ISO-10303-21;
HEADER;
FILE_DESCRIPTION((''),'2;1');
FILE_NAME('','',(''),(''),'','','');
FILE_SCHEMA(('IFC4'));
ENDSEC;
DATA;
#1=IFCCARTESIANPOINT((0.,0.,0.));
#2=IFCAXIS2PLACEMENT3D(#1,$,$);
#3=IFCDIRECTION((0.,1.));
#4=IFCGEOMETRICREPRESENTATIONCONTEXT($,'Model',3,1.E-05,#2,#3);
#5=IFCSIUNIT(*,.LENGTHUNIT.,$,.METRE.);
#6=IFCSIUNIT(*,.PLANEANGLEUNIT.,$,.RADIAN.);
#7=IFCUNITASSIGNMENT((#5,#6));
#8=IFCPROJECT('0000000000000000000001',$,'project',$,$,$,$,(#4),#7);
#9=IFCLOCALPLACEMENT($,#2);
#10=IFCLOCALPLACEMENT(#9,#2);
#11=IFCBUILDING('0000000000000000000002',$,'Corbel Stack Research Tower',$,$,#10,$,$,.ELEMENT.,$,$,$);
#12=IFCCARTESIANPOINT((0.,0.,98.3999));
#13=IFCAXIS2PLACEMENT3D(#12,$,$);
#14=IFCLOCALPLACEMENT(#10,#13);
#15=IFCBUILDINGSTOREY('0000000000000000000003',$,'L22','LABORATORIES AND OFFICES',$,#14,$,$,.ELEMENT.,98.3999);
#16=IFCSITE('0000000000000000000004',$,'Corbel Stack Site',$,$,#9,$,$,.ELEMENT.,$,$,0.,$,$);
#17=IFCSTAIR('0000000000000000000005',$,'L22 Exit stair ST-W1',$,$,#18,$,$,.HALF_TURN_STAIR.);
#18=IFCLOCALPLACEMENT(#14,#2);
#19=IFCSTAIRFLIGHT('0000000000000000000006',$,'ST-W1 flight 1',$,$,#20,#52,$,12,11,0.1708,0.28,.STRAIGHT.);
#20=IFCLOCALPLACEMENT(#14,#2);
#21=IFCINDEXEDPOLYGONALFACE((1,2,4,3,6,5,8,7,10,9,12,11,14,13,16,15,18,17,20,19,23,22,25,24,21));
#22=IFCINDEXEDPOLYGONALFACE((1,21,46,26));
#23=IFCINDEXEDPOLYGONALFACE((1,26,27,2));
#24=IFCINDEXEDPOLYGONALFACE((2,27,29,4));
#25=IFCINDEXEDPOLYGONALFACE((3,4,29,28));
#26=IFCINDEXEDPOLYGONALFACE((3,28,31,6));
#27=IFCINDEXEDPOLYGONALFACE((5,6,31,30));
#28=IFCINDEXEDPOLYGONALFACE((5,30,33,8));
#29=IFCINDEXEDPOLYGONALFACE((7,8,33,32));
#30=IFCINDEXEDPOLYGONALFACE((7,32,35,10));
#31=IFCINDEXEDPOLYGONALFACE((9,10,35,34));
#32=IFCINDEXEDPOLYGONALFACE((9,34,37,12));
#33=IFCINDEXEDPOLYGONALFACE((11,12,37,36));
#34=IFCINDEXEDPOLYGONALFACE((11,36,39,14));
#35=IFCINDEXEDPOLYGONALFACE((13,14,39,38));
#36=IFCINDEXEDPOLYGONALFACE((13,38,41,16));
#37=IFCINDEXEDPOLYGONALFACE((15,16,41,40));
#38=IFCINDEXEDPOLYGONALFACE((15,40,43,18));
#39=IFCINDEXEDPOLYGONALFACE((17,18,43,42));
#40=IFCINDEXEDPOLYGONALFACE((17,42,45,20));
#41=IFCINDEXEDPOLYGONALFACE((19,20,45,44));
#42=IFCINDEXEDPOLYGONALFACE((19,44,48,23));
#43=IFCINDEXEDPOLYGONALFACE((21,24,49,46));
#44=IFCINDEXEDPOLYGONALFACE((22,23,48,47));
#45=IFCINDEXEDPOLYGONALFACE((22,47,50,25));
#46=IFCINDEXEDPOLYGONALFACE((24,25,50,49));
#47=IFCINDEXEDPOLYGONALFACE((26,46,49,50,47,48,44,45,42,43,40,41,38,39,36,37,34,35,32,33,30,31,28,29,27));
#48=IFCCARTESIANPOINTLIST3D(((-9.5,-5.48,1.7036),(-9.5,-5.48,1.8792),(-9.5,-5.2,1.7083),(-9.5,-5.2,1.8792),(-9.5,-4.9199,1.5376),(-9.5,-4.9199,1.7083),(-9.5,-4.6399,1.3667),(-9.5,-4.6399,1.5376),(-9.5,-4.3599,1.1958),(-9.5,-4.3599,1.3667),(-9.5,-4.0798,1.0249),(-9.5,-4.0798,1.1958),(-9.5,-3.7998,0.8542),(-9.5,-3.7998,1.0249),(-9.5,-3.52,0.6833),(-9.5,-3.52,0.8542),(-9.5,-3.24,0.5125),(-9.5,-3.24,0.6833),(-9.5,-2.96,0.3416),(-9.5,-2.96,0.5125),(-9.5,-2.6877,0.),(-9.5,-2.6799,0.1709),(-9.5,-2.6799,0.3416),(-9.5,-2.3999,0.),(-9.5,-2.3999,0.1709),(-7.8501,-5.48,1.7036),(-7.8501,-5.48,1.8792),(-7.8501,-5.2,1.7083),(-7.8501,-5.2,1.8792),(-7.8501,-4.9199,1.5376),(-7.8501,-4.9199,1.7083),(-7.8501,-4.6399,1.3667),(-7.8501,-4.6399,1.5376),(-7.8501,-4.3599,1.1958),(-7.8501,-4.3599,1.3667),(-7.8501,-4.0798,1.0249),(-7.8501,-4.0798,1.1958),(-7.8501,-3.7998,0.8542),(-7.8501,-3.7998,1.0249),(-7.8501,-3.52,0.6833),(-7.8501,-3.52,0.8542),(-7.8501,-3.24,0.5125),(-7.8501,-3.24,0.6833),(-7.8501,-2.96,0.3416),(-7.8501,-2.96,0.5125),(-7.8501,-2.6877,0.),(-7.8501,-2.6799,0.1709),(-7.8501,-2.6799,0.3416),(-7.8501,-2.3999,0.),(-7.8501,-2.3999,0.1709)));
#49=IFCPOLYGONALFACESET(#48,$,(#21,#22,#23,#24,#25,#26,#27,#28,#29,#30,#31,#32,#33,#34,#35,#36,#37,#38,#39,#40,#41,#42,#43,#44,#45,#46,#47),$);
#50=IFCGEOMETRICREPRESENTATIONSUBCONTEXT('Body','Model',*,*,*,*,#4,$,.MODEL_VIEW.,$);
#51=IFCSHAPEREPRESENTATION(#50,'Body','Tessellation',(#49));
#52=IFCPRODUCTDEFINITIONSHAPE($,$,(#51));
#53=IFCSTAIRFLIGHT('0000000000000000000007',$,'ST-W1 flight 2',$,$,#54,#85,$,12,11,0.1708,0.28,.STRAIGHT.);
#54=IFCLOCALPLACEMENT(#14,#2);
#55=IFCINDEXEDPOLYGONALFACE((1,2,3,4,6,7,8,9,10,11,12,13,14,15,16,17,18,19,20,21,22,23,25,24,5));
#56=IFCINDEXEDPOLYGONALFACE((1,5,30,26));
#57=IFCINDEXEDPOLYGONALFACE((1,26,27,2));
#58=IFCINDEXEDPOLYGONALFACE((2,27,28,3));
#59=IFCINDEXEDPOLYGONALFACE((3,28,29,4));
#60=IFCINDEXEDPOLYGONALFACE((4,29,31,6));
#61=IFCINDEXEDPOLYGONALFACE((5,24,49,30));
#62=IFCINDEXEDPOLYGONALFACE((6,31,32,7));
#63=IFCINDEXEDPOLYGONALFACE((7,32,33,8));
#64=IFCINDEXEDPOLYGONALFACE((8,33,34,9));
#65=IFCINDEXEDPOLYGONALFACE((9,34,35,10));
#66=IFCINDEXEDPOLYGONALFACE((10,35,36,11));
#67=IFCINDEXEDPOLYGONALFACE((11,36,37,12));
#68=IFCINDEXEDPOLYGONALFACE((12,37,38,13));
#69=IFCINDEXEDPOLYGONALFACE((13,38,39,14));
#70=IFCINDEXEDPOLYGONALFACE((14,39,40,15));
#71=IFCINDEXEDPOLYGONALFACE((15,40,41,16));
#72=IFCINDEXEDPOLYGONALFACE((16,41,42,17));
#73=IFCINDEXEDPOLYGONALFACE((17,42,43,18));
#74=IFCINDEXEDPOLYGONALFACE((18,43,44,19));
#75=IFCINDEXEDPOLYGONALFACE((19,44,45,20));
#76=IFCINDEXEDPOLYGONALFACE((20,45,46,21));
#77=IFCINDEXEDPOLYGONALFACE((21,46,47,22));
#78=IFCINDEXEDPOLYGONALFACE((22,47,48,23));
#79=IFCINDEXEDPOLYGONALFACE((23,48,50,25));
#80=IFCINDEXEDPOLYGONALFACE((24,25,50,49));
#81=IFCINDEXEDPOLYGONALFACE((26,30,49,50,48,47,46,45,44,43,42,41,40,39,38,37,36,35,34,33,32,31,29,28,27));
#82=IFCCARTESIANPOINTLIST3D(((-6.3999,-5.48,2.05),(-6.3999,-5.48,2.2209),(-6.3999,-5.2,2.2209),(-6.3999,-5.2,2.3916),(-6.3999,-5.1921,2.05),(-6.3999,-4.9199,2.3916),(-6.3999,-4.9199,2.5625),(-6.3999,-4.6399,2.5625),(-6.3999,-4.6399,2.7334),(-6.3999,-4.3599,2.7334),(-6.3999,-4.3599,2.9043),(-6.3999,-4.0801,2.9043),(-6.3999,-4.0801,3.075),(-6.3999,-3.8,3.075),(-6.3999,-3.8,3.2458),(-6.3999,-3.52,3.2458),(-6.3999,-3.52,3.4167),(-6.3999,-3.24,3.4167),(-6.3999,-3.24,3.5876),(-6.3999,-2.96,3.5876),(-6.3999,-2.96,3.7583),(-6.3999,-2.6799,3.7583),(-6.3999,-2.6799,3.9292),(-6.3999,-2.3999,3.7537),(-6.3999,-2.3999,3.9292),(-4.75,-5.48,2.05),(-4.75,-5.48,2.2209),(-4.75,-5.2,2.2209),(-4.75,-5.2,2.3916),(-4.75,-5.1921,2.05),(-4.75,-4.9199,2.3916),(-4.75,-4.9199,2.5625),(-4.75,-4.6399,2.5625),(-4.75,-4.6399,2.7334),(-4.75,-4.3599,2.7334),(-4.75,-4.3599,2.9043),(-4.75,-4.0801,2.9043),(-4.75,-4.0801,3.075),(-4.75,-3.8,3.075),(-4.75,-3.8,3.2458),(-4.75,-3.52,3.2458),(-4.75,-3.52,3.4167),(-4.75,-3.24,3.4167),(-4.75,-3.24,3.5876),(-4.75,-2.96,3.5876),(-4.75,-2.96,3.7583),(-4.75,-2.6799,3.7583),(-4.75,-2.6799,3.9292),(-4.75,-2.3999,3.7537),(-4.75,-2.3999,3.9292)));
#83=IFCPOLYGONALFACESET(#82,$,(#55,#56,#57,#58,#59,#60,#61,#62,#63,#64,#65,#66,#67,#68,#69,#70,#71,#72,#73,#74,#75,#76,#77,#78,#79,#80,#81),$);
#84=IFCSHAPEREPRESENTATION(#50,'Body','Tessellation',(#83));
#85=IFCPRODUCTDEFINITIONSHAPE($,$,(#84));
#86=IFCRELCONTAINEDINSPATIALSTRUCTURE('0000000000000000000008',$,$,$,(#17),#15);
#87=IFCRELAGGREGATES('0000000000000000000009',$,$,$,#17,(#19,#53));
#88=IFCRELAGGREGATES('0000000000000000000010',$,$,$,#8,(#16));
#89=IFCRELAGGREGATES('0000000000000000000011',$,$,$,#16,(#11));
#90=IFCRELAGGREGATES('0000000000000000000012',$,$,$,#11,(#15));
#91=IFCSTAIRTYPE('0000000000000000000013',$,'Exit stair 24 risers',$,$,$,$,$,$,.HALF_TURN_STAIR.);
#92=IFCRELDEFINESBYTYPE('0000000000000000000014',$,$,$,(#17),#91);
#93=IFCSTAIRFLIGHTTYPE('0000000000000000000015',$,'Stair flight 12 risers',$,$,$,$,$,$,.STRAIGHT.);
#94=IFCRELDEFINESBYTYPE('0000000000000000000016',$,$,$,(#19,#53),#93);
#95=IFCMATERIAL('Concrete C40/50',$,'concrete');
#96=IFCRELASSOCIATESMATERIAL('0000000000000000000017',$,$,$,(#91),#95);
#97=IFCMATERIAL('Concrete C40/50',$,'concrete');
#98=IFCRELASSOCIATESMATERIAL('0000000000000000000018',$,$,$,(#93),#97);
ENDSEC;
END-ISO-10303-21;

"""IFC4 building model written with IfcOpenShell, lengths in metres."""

from ifc_helpers import new_model, si_unit, direction, frame, origin, place, context, subcontext, project, spatial, polyline, outline, extrude, material, type_object, element, aggregate, save


model = new_model("IFC4")

# Units and contexts
model_context = context("Model", 3, precision=1e-05, world=origin(), true_north=direction((0.0, 1.0)))
body_context = subcontext(model_context, "Body", "Model", "MODEL_VIEW")
ifc_project = project(units=[si_unit("LENGTHUNIT", "METRE"), si_unit("PLANEANGLEUNIT", "RADIAN")], contexts=[model_context])

# Site, building, storey
site_placement = place(None, origin())
site = spatial("IfcSite", under=ifc_project, at=site_placement, Name="Corbel Stack Site", CompositionType="ELEMENT", RefElevation=0.0)
building_placement = place(site_placement, origin())
building = spatial("IfcBuilding", under=site, at=building_placement, Name="Corbel Stack Research Tower", CompositionType="ELEMENT")
storey_placement = place(building_placement, frame((0.0, 0.0, 98.3999)))
storey = spatial("IfcBuildingStorey", under=building, at=storey_placement, Name="L22", Description="LABORATORIES AND OFFICES", CompositionType="ELEMENT", Elevation=98.3999)

# Stair, stair flights
ifc_material_1 = material(Name="Concrete C40/50", Category="concrete")
stair_type = type_object("IfcStairType", Name="Exit stair 24 risers", PredefinedType="HALF_TURN_STAIR", material=ifc_material_1)
stair_placement = place(storey_placement, origin())
stair = element("IfcStair", 1, at=stair_placement, inside=storey, type_object=stair_type, Name="L22 Exit stair ST-W1", PredefinedType="HALF_TURN_STAIR")
ifc_material_2 = material(Name="Concrete C40/50", Category="concrete")
stair_flight_type = type_object("IfcStairFlightType", Name="Stair flight 12 risers", PredefinedType="STRAIGHT", material=ifc_material_2)
stair_flight_1_placement = place(storey_placement, frame((-8.675, -2.3999, 0.0), z_axis=(0.0, 0.0, 1.0), x_axis=(0.0, -1.0, 0.0)))
stair_flight_1 = element("IfcStairFlight", 2, at=stair_flight_1_placement, type_object=stair_flight_type, Name="ST-W1 flight 1", NumberOfRisers=12, NumberOfTreads=11, PredefinedType="STRAIGHT", RiserHeight=0.1708, TreadLength=0.28, context=body_context, shape_type="SweptSolid", body=[
    extrude(outline(polyline([(0.0, 0.0), (0.0, 0.1709), (0.28, 0.1709), (0.28, 0.3416), (0.5601, 0.3416), (0.5601, 0.5125), (0.8401, 0.5125), (0.8401, 0.6833), (1.1201, 0.6833), (1.1201, 0.8542), (1.3999, 0.8542), (1.3999, 1.0249), (1.6799, 1.0249), (1.6799, 1.1958), (1.96, 1.1958), (1.96, 1.3667), (2.24, 1.3667), (2.24, 1.5376), (2.52, 1.5376), (2.52, 1.7083), (2.8, 1.7083), (2.8, 1.8792), (3.0801, 1.8792), (3.0801, 2.05), (3.0801, 1.7036), (0.2878, 0.0), (0.0, 0.0)])), frame((0.0, 0.825, 0.0), z_axis=(0.0, -1.0, 0.0), x_axis=(1.0, 0.0, 0.0)), (0.0, 0.0, 1.0), 1.6499),
])
stair_flight_2_placement = place(storey_placement, frame((-5.575, -5.48, 2.05), z_axis=(0.0, 0.0, 1.0), x_axis=(0.0, 1.0, 0.0)))
stair_flight_2 = element("IfcStairFlight", 3, at=stair_flight_2_placement, type_object=stair_flight_type, Name="ST-W1 flight 2", NumberOfRisers=12, NumberOfTreads=11, PredefinedType="STRAIGHT", RiserHeight=0.1708, TreadLength=0.28, context=body_context, shape_type="SweptSolid", body=[
    extrude(outline(polyline([(0.0, 0.0), (0.0, 0.1709), (0.28, 0.1709), (0.28, 0.3416), (0.5601, 0.3416), (0.5601, 0.5125), (0.8401, 0.5125), (0.8401, 0.6833), (1.1201, 0.6833), (1.1201, 0.8542), (1.3999, 0.8542), (1.3999, 1.0249), (1.6799, 1.0249), (1.6799, 1.1958), (1.96, 1.1958), (1.96, 1.3667), (2.24, 1.3667), (2.24, 1.5376), (2.52, 1.5376), (2.52, 1.7083), (2.8, 1.7083), (2.8, 1.8792), (3.0801, 1.8792), (3.0801, 2.05), (3.0801, 1.7036), (0.2878, 0.0), (0.0, 0.0)])), frame((0.0, 0.825, 0.0), z_axis=(0.0, -1.0, 0.0), x_axis=(1.0, 0.0, 0.0)), (0.0, 0.0, 1.0), 1.6499),
])
aggregate(stair, [stair_flight_1, stair_flight_2])

save(model, "model.ifc")
